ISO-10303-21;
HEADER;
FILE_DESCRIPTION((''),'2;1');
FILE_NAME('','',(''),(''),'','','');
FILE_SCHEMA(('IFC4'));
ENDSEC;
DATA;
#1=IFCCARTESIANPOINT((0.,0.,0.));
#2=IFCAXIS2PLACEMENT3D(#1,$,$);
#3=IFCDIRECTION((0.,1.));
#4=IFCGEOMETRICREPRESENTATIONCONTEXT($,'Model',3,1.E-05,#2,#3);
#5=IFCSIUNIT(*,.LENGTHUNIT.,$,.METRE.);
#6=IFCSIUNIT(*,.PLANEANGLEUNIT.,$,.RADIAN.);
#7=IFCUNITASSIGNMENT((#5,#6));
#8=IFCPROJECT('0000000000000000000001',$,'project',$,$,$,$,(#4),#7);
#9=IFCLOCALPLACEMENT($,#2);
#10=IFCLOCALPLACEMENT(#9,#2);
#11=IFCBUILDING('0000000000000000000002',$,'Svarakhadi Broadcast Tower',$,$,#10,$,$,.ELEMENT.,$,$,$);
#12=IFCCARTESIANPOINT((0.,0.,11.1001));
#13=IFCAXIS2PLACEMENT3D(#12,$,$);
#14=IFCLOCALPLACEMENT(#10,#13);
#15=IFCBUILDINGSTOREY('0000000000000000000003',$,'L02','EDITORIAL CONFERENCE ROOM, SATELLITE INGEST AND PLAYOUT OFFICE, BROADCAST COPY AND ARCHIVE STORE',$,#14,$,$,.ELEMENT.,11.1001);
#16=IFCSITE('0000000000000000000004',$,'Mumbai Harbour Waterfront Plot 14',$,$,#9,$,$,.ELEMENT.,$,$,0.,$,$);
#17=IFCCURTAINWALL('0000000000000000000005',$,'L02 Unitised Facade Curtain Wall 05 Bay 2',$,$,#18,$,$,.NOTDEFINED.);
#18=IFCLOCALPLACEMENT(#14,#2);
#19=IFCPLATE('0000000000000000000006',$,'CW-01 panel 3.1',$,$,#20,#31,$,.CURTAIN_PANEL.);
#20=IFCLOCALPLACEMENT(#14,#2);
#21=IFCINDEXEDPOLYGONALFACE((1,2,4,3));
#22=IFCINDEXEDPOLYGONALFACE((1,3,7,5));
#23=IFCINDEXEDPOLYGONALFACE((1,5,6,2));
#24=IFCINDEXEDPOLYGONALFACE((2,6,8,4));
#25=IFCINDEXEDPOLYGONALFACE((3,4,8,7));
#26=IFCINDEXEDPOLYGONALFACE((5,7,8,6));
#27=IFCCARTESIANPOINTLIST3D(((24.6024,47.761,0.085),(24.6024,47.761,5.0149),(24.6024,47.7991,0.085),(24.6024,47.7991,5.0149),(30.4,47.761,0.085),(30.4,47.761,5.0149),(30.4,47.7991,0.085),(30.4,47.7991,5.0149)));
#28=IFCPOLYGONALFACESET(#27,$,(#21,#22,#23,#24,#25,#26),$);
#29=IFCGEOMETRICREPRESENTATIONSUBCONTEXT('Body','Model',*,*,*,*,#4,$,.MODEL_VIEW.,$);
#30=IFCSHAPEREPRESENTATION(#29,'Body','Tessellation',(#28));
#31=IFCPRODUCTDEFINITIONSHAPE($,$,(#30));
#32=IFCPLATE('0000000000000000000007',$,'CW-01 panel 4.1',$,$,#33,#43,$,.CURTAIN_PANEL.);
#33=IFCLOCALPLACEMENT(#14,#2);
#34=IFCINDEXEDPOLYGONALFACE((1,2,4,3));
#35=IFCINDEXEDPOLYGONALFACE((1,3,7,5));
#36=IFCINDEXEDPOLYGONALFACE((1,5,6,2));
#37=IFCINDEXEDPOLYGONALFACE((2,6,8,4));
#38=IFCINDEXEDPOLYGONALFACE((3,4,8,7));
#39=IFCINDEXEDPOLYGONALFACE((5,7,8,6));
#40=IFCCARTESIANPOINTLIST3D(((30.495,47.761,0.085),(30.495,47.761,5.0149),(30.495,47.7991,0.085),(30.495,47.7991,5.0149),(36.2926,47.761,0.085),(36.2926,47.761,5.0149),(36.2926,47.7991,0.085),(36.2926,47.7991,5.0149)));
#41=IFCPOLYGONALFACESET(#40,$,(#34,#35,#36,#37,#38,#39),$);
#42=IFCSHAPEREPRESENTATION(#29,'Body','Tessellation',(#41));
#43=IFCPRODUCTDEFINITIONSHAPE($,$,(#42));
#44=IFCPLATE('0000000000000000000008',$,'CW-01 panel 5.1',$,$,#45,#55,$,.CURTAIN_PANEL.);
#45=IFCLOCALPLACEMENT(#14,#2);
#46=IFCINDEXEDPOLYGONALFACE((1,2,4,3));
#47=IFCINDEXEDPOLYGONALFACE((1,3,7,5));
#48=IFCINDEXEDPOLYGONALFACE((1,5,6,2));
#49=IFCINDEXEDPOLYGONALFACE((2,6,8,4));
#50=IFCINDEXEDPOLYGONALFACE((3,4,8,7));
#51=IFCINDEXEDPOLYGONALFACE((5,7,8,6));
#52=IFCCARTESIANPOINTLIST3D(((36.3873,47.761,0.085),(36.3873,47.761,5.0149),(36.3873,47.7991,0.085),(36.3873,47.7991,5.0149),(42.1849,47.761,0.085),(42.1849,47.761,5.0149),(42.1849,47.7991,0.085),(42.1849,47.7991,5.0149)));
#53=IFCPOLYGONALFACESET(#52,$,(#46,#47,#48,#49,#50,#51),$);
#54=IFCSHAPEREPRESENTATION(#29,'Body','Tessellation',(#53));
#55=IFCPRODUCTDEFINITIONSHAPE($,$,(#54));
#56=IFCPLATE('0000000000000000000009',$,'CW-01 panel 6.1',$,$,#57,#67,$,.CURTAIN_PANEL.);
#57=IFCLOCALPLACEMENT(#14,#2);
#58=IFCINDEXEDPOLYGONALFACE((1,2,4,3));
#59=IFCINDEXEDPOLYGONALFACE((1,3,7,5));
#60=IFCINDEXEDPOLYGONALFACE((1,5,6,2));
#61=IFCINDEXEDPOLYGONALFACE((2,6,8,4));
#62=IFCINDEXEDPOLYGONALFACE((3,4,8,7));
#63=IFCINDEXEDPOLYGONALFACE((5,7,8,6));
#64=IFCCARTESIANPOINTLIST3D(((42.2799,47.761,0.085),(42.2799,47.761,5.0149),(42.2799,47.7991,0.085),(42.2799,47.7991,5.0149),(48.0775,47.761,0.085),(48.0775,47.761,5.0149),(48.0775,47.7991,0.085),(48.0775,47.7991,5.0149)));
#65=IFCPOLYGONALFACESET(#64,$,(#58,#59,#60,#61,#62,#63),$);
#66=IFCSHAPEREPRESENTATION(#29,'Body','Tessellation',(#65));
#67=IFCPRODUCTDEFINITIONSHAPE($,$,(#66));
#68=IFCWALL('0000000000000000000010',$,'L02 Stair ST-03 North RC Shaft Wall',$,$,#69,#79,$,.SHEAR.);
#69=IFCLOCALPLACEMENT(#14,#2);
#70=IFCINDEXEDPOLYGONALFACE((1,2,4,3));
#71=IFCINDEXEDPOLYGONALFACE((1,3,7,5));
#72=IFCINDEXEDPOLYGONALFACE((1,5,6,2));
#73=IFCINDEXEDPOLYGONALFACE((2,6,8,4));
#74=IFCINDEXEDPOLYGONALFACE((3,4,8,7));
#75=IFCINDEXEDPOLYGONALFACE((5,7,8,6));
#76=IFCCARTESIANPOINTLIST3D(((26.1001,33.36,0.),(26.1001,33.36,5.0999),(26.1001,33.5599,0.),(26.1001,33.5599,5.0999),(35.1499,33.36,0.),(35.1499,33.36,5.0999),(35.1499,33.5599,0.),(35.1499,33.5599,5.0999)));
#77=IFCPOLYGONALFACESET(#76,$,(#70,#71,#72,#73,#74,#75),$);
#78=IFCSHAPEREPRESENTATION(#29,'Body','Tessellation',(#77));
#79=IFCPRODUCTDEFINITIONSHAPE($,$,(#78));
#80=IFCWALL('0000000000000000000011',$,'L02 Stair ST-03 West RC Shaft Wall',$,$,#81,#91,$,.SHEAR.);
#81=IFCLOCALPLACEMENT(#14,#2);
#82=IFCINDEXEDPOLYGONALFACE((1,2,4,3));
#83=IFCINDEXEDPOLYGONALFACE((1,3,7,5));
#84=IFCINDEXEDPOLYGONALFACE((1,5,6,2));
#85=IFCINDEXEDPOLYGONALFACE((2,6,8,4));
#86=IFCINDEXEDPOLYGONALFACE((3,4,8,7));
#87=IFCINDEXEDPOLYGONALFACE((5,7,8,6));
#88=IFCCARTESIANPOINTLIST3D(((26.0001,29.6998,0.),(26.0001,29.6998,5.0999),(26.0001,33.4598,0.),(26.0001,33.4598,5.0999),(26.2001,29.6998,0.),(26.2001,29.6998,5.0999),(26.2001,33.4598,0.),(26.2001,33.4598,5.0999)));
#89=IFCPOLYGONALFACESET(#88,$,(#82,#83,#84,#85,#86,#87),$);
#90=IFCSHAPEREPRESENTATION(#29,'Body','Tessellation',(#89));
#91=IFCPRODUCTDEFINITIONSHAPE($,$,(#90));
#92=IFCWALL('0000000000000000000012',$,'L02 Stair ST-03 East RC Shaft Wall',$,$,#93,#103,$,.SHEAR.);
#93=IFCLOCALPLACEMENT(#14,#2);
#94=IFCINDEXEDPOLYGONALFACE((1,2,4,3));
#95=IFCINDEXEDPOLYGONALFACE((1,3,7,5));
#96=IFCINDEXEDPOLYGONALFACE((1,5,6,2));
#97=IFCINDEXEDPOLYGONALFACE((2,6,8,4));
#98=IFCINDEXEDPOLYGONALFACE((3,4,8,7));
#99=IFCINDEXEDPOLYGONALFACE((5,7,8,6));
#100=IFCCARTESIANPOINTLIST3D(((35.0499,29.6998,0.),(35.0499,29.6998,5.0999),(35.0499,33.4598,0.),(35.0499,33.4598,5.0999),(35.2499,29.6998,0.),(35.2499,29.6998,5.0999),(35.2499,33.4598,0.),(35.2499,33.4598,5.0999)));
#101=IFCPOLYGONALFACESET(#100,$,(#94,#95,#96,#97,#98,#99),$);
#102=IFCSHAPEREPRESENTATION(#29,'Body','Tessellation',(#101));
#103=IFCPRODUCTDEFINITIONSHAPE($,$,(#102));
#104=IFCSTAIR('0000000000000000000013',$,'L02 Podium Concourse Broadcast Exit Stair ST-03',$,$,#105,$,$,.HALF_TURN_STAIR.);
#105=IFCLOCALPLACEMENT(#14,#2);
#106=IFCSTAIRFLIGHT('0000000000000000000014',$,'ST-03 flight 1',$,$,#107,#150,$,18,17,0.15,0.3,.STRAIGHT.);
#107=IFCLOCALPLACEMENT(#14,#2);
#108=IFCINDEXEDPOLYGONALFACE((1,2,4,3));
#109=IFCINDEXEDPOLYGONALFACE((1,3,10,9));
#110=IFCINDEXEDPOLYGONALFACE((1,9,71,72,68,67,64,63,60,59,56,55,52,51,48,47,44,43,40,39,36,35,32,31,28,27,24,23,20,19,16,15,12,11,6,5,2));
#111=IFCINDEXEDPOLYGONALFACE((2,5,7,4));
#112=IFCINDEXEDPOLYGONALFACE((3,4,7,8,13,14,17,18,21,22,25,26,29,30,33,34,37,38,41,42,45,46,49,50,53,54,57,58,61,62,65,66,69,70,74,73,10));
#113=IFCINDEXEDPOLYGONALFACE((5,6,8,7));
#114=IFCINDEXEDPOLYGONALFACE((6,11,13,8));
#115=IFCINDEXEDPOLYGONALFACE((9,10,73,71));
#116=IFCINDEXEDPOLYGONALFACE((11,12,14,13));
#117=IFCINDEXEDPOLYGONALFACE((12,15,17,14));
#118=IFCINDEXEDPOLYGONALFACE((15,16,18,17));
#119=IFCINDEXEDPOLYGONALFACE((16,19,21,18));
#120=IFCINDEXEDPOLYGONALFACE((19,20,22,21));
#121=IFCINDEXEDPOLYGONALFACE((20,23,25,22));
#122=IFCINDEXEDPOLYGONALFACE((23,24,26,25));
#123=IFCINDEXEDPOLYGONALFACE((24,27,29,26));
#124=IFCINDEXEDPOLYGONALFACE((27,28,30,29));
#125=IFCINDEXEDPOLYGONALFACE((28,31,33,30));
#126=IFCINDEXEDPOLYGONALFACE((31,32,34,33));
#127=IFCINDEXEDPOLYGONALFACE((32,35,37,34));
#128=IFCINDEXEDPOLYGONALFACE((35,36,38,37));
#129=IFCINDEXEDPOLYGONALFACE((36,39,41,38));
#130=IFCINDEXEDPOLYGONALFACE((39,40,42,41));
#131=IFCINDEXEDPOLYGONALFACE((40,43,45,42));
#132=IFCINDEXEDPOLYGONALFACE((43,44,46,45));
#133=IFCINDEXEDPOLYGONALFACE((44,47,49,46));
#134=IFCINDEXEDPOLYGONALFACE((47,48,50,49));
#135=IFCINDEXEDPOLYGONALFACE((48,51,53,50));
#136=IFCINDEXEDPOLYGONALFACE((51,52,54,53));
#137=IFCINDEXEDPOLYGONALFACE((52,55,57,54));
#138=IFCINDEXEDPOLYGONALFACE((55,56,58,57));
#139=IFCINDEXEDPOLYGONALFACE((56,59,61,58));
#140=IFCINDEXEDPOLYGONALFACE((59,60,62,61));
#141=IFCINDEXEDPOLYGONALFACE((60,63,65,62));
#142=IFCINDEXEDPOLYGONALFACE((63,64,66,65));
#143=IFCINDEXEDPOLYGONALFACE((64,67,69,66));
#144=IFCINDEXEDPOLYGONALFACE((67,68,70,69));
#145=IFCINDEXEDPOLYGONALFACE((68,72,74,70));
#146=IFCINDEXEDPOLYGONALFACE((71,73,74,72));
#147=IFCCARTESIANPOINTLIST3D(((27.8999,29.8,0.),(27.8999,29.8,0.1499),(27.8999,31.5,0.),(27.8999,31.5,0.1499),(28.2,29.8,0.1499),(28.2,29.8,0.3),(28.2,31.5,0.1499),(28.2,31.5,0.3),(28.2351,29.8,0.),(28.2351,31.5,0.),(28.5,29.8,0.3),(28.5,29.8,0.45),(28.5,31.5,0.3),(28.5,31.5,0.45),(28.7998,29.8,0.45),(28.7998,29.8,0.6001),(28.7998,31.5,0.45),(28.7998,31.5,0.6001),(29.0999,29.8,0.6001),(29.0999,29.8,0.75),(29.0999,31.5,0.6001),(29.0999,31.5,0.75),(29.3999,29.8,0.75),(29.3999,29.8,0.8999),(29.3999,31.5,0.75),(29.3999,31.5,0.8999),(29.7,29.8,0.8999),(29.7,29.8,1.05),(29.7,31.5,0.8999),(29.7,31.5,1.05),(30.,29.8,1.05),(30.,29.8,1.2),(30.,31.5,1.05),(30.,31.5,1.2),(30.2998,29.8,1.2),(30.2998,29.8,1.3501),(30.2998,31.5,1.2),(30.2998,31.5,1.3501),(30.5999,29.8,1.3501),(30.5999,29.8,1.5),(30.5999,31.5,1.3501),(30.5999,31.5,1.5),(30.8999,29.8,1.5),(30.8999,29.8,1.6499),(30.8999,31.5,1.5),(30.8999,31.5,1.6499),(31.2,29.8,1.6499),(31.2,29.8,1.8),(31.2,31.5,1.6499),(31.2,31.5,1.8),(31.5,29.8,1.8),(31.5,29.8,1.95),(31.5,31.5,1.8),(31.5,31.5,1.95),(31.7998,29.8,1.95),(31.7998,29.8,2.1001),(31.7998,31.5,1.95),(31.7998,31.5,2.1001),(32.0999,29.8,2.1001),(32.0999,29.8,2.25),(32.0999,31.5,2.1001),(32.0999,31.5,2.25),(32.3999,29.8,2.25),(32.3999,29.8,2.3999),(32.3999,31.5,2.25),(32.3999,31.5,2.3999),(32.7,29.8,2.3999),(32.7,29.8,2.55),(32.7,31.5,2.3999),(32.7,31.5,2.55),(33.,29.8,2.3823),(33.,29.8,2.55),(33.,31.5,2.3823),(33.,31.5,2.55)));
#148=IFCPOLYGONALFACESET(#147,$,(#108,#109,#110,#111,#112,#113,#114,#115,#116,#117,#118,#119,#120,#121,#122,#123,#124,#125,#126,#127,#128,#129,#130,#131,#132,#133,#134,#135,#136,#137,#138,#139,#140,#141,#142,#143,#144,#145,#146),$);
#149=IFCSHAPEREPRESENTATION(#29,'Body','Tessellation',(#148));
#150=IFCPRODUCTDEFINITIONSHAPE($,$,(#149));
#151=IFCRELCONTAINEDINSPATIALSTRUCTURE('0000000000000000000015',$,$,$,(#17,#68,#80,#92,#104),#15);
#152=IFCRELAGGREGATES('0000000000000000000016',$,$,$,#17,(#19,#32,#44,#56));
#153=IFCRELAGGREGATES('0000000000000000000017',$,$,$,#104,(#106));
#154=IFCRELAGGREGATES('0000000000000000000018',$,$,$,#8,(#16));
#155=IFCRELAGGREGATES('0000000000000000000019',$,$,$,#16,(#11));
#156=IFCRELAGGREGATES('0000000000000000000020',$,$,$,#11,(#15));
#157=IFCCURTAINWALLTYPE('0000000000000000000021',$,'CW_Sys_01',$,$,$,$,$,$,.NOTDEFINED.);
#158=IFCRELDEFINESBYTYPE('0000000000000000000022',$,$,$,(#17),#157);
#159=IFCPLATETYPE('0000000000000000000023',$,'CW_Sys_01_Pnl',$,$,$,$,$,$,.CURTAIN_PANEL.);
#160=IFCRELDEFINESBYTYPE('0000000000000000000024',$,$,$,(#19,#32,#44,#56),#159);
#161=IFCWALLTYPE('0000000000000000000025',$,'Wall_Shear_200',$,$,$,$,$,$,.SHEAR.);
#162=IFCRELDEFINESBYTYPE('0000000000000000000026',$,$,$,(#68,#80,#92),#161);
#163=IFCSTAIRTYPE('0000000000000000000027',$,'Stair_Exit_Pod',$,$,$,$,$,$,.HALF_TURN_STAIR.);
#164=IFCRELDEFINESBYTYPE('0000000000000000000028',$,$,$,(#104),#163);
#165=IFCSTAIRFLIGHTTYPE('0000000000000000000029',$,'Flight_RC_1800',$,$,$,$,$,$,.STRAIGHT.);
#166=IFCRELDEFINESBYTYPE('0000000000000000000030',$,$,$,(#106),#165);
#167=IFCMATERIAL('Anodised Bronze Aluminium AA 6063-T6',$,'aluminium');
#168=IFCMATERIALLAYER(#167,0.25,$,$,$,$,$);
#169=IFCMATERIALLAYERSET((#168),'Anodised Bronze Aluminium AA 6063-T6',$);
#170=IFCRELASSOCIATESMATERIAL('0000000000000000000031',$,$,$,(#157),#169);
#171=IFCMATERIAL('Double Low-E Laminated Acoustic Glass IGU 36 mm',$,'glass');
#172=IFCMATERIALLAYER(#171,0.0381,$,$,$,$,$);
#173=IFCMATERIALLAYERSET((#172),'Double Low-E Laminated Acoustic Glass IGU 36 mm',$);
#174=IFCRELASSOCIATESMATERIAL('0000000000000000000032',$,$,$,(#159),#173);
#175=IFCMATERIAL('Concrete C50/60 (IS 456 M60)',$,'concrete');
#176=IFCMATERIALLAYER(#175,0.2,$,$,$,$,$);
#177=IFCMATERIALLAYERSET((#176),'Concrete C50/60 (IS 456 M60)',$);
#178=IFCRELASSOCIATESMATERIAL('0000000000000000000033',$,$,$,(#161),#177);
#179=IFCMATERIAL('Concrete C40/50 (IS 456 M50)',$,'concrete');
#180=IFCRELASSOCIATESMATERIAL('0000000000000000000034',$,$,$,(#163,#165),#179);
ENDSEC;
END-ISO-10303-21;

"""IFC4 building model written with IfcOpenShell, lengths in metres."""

from ifc_helpers import new_model, si_unit, direction, frame, frame_2d, origin, origin_2d, place, context, subcontext, project, spatial, polyline, rectangle, outline, extrude, material, layer, layer_set, type_object, element, aggregate, save


model = new_model("IFC4")

# Units and contexts
model_context = context("Model", 3, precision=1e-05, world=origin(), true_north=direction((0.0, 1.0)))
body_context = subcontext(model_context, "Body", "Model", "MODEL_VIEW")
ifc_project = project(units=[si_unit("LENGTHUNIT", "METRE"), si_unit("PLANEANGLEUNIT", "RADIAN")], contexts=[model_context])

# Site, building, storey
site_placement = place(None, origin())
site = spatial("IfcSite", under=ifc_project, at=site_placement, Name="Mumbai Harbour Waterfront Plot 14", CompositionType="ELEMENT", RefElevation=0.0)
building_placement = place(site_placement, origin())
building = spatial("IfcBuilding", under=site, at=building_placement, Name="Svarakhadi Broadcast Tower", CompositionType="ELEMENT")
storey_placement = place(building_placement, frame((0.0, 0.0, 11.1001)))
storey = spatial("IfcBuildingStorey", under=building, at=storey_placement, Name="L02", Description="EDITORIAL CONFERENCE ROOM, SATELLITE INGEST AND PLAYOUT OFFICE, BROADCAST COPY AND ARCHIVE STORE", CompositionType="ELEMENT", Elevation=11.1001)

# Curtain wall
ifc_material_1 = material(Name="Anodised Bronze Aluminium AA 6063-T6", Category="aluminium")
ifc_layer_1 = layer(ifc_material_1, 0.25)
ifc_layer_set_1 = layer_set([ifc_layer_1], Name="Anodised Bronze Aluminium AA 6063-T6")
curtain_wall_type = type_object("IfcCurtainWallType", Name="CW_Sys_01", PredefinedType="NOTDEFINED", material=ifc_layer_set_1)
curtain_wall_placement = place(storey_placement, origin())
curtain_wall = element("IfcCurtainWall", 1, at=curtain_wall_placement, inside=storey, type_object=curtain_wall_type, Name="L02 Unitised Facade Curtain Wall 05 Bay 2", PredefinedType="NOTDEFINED")

# Shared definitions
ifc_material_2 = material(Name="Concrete C50/60 (IS 456 M60)", Category="concrete")

# Plates
ifc_material_3 = material(Name="Double Low-E Laminated Acoustic Glass IGU 36 mm", Category="glass")
ifc_layer_2 = layer(ifc_material_3, 0.0381)
ifc_layer_set_2 = layer_set([ifc_layer_2], Name="Double Low-E Laminated Acoustic Glass IGU 36 mm")
plate_type = type_object("IfcPlateType", Name="CW_Sys_01_Pnl", PredefinedType="CURTAIN_PANEL", material=ifc_layer_set_2)
plate_1_placement = place(storey_placement, frame((27.5012, 47.78, 0.085), z_axis=(0.0, 0.0, 1.0), x_axis=(1.0, 0.0, 0.0)))
plate_1 = element("IfcPlate", 2, at=plate_1_placement, type_object=plate_type, Name="CW-01 panel 3.1", PredefinedType="CURTAIN_PANEL", context=body_context, shape_type="SweptSolid", body=[
    extrude(rectangle(XDim=5.7976, YDim=0.0381, at=origin_2d()), origin(), (0.0, 0.0, 1.0), 4.9299),
])
plate_2_placement = place(storey_placement, frame((33.3938, 47.78, 0.085), z_axis=(0.0, 0.0, 1.0), x_axis=(1.0, 0.0, 0.0)))
plate_2 = element("IfcPlate", 3, at=plate_2_placement, type_object=plate_type, Name="CW-01 panel 4.1", PredefinedType="CURTAIN_PANEL", context=body_context, shape_type="SweptSolid", body=[
    extrude(rectangle(XDim=5.7976, YDim=0.0381, at=origin_2d()), origin(), (0.0, 0.0, 1.0), 4.9299),
])
plate_3_placement = place(storey_placement, frame((39.2861, 47.78, 0.085), z_axis=(0.0, 0.0, 1.0), x_axis=(1.0, 0.0, 0.0)))
plate_3 = element("IfcPlate", 4, at=plate_3_placement, type_object=plate_type, Name="CW-01 panel 5.1", PredefinedType="CURTAIN_PANEL", context=body_context, shape_type="SweptSolid", body=[
    extrude(rectangle(XDim=5.7976, YDim=0.0381, at=origin_2d()), origin(), (0.0, 0.0, 1.0), 4.9299),
])
plate_4_placement = place(storey_placement, frame((45.1787, 47.78, 0.085), z_axis=(0.0, 0.0, 1.0), x_axis=(1.0, 0.0, 0.0)))
plate_4 = element("IfcPlate", 5, at=plate_4_placement, type_object=plate_type, Name="CW-01 panel 6.1", PredefinedType="CURTAIN_PANEL", context=body_context, shape_type="SweptSolid", body=[
    extrude(rectangle(XDim=5.7976, YDim=0.0381, at=origin_2d()), origin(), (0.0, 0.0, 1.0), 4.9299),
])
aggregate(curtain_wall, [plate_1, plate_2, plate_3, plate_4])

# Walls
ifc_layer_3 = layer(ifc_material_2, 0.2)
ifc_layer_set_3 = layer_set([ifc_layer_3], Name="Concrete C50/60 (IS 456 M60)")
wall_type = type_object("IfcWallType", Name="Wall_Shear_200", PredefinedType="SHEAR", material=ifc_layer_set_3)
wall_placement = place(storey_placement, frame((26.1001, 33.46, 0.0), z_axis=(0.0, 0.0, 1.0), x_axis=(1.0, 0.0, 0.0)))
element("IfcWall", 6, at=wall_placement, inside=storey, type_object=wall_type, Name="L02 Stair ST-03 North RC Shaft Wall", PredefinedType="SHEAR", context=body_context, shape_type="SweptSolid", body=[
    extrude(rectangle(XDim=9.0498, YDim=0.2, at=frame_2d((4.5249, 0.0))), origin(), (0.0, 0.0, 1.0), 5.0999),
])
for number, where, z_axis, x_axis, name in (
    (7, (26.1001, 29.7, 0.0), (0.0, 0.0, 1.0), (0.0, 1.0, 0.0), "L02 Stair ST-03 West RC Shaft Wall"),
    (8, (35.1499, 29.7, 0.0), (0.0, 0.0, 1.0), (0.0, 1.0, 0.0), "L02 Stair ST-03 East RC Shaft Wall"),
):
    element("IfcWall", number, at=place(storey_placement, frame(where, z_axis=z_axis, x_axis=x_axis)), inside=storey, type_object=wall_type, Name=name, PredefinedType="SHEAR", context=body_context, shape_type="SweptSolid", body=[
        extrude(rectangle(XDim=3.76, YDim=0.2, at=frame_2d((1.8799, 0.0))), origin(), (0.0, 0.0, 1.0), 5.0999),
    ])

# Stair, stair flight
ifc_material_4 = material(Name="Concrete C40/50 (IS 456 M50)", Category="concrete")
stair_type = type_object("IfcStairType", Name="Stair_Exit_Pod", PredefinedType="HALF_TURN_STAIR", material=ifc_material_4)
stair_placement = place(storey_placement, origin())
stair = element("IfcStair", 9, at=stair_placement, inside=storey, type_object=stair_type, Name="L02 Podium Concourse Broadcast Exit Stair ST-03", PredefinedType="HALF_TURN_STAIR")
stair_flight_type = type_object("IfcStairFlightType", Name="Flight_RC_1800", PredefinedType="STRAIGHT", material=ifc_material_4)
stair_flight_1_placement = place(storey_placement, frame((27.8999, 30.6499, 0.0), z_axis=(0.0, 0.0, 1.0), x_axis=(1.0, 0.0, 0.0)))
stair_flight_1 = element("IfcStairFlight", 10, at=stair_flight_1_placement, type_object=stair_flight_type, Name="ST-03 flight 1", NumberOfRisers=18, NumberOfTreads=17, PredefinedType="STRAIGHT", RiserHeight=0.15, TreadLength=0.3, context=body_context, shape_type="SweptSolid", body=[
    extrude(outline(polyline([(0.0, 0.0), (0.0, 0.1499), (0.3, 0.1499), (0.3, 0.3), (0.6001, 0.3), (0.6001, 0.45), (0.8999, 0.45), (0.8999, 0.6001), (1.2, 0.6001), (1.2, 0.75), (1.5, 0.75), (1.5, 0.8999), (1.8, 0.8999), (1.8, 1.05), (2.1001, 1.05), (2.1001, 1.2), (2.3999, 1.2), (2.3999, 1.3501), (2.7, 1.3501), (2.7, 1.5), (3.0, 1.5), (3.0, 1.6499), (3.3, 1.6499), (3.3, 1.8), (3.6001, 1.8), (3.6001, 1.95), (3.8999, 1.95), (3.8999, 2.1001), (4.2, 2.1001), (4.2, 2.25), (4.5, 2.25), (4.5, 2.3999), (4.8, 2.3999), (4.8, 2.55), (5.1001, 2.55), (5.1001, 2.7), (5.1001, 2.3823), (0.3352, 0.0), (0.0, 0.0)])), frame((0.0, 0.8501, 0.0), z_axis=(0.0, -1.0, 0.0), x_axis=(1.0, 0.0, 0.0)), (0.0, 0.0, 1.0), 1.7),
])
aggregate(stair, [stair_flight_1])

save(model, "model.ifc")
